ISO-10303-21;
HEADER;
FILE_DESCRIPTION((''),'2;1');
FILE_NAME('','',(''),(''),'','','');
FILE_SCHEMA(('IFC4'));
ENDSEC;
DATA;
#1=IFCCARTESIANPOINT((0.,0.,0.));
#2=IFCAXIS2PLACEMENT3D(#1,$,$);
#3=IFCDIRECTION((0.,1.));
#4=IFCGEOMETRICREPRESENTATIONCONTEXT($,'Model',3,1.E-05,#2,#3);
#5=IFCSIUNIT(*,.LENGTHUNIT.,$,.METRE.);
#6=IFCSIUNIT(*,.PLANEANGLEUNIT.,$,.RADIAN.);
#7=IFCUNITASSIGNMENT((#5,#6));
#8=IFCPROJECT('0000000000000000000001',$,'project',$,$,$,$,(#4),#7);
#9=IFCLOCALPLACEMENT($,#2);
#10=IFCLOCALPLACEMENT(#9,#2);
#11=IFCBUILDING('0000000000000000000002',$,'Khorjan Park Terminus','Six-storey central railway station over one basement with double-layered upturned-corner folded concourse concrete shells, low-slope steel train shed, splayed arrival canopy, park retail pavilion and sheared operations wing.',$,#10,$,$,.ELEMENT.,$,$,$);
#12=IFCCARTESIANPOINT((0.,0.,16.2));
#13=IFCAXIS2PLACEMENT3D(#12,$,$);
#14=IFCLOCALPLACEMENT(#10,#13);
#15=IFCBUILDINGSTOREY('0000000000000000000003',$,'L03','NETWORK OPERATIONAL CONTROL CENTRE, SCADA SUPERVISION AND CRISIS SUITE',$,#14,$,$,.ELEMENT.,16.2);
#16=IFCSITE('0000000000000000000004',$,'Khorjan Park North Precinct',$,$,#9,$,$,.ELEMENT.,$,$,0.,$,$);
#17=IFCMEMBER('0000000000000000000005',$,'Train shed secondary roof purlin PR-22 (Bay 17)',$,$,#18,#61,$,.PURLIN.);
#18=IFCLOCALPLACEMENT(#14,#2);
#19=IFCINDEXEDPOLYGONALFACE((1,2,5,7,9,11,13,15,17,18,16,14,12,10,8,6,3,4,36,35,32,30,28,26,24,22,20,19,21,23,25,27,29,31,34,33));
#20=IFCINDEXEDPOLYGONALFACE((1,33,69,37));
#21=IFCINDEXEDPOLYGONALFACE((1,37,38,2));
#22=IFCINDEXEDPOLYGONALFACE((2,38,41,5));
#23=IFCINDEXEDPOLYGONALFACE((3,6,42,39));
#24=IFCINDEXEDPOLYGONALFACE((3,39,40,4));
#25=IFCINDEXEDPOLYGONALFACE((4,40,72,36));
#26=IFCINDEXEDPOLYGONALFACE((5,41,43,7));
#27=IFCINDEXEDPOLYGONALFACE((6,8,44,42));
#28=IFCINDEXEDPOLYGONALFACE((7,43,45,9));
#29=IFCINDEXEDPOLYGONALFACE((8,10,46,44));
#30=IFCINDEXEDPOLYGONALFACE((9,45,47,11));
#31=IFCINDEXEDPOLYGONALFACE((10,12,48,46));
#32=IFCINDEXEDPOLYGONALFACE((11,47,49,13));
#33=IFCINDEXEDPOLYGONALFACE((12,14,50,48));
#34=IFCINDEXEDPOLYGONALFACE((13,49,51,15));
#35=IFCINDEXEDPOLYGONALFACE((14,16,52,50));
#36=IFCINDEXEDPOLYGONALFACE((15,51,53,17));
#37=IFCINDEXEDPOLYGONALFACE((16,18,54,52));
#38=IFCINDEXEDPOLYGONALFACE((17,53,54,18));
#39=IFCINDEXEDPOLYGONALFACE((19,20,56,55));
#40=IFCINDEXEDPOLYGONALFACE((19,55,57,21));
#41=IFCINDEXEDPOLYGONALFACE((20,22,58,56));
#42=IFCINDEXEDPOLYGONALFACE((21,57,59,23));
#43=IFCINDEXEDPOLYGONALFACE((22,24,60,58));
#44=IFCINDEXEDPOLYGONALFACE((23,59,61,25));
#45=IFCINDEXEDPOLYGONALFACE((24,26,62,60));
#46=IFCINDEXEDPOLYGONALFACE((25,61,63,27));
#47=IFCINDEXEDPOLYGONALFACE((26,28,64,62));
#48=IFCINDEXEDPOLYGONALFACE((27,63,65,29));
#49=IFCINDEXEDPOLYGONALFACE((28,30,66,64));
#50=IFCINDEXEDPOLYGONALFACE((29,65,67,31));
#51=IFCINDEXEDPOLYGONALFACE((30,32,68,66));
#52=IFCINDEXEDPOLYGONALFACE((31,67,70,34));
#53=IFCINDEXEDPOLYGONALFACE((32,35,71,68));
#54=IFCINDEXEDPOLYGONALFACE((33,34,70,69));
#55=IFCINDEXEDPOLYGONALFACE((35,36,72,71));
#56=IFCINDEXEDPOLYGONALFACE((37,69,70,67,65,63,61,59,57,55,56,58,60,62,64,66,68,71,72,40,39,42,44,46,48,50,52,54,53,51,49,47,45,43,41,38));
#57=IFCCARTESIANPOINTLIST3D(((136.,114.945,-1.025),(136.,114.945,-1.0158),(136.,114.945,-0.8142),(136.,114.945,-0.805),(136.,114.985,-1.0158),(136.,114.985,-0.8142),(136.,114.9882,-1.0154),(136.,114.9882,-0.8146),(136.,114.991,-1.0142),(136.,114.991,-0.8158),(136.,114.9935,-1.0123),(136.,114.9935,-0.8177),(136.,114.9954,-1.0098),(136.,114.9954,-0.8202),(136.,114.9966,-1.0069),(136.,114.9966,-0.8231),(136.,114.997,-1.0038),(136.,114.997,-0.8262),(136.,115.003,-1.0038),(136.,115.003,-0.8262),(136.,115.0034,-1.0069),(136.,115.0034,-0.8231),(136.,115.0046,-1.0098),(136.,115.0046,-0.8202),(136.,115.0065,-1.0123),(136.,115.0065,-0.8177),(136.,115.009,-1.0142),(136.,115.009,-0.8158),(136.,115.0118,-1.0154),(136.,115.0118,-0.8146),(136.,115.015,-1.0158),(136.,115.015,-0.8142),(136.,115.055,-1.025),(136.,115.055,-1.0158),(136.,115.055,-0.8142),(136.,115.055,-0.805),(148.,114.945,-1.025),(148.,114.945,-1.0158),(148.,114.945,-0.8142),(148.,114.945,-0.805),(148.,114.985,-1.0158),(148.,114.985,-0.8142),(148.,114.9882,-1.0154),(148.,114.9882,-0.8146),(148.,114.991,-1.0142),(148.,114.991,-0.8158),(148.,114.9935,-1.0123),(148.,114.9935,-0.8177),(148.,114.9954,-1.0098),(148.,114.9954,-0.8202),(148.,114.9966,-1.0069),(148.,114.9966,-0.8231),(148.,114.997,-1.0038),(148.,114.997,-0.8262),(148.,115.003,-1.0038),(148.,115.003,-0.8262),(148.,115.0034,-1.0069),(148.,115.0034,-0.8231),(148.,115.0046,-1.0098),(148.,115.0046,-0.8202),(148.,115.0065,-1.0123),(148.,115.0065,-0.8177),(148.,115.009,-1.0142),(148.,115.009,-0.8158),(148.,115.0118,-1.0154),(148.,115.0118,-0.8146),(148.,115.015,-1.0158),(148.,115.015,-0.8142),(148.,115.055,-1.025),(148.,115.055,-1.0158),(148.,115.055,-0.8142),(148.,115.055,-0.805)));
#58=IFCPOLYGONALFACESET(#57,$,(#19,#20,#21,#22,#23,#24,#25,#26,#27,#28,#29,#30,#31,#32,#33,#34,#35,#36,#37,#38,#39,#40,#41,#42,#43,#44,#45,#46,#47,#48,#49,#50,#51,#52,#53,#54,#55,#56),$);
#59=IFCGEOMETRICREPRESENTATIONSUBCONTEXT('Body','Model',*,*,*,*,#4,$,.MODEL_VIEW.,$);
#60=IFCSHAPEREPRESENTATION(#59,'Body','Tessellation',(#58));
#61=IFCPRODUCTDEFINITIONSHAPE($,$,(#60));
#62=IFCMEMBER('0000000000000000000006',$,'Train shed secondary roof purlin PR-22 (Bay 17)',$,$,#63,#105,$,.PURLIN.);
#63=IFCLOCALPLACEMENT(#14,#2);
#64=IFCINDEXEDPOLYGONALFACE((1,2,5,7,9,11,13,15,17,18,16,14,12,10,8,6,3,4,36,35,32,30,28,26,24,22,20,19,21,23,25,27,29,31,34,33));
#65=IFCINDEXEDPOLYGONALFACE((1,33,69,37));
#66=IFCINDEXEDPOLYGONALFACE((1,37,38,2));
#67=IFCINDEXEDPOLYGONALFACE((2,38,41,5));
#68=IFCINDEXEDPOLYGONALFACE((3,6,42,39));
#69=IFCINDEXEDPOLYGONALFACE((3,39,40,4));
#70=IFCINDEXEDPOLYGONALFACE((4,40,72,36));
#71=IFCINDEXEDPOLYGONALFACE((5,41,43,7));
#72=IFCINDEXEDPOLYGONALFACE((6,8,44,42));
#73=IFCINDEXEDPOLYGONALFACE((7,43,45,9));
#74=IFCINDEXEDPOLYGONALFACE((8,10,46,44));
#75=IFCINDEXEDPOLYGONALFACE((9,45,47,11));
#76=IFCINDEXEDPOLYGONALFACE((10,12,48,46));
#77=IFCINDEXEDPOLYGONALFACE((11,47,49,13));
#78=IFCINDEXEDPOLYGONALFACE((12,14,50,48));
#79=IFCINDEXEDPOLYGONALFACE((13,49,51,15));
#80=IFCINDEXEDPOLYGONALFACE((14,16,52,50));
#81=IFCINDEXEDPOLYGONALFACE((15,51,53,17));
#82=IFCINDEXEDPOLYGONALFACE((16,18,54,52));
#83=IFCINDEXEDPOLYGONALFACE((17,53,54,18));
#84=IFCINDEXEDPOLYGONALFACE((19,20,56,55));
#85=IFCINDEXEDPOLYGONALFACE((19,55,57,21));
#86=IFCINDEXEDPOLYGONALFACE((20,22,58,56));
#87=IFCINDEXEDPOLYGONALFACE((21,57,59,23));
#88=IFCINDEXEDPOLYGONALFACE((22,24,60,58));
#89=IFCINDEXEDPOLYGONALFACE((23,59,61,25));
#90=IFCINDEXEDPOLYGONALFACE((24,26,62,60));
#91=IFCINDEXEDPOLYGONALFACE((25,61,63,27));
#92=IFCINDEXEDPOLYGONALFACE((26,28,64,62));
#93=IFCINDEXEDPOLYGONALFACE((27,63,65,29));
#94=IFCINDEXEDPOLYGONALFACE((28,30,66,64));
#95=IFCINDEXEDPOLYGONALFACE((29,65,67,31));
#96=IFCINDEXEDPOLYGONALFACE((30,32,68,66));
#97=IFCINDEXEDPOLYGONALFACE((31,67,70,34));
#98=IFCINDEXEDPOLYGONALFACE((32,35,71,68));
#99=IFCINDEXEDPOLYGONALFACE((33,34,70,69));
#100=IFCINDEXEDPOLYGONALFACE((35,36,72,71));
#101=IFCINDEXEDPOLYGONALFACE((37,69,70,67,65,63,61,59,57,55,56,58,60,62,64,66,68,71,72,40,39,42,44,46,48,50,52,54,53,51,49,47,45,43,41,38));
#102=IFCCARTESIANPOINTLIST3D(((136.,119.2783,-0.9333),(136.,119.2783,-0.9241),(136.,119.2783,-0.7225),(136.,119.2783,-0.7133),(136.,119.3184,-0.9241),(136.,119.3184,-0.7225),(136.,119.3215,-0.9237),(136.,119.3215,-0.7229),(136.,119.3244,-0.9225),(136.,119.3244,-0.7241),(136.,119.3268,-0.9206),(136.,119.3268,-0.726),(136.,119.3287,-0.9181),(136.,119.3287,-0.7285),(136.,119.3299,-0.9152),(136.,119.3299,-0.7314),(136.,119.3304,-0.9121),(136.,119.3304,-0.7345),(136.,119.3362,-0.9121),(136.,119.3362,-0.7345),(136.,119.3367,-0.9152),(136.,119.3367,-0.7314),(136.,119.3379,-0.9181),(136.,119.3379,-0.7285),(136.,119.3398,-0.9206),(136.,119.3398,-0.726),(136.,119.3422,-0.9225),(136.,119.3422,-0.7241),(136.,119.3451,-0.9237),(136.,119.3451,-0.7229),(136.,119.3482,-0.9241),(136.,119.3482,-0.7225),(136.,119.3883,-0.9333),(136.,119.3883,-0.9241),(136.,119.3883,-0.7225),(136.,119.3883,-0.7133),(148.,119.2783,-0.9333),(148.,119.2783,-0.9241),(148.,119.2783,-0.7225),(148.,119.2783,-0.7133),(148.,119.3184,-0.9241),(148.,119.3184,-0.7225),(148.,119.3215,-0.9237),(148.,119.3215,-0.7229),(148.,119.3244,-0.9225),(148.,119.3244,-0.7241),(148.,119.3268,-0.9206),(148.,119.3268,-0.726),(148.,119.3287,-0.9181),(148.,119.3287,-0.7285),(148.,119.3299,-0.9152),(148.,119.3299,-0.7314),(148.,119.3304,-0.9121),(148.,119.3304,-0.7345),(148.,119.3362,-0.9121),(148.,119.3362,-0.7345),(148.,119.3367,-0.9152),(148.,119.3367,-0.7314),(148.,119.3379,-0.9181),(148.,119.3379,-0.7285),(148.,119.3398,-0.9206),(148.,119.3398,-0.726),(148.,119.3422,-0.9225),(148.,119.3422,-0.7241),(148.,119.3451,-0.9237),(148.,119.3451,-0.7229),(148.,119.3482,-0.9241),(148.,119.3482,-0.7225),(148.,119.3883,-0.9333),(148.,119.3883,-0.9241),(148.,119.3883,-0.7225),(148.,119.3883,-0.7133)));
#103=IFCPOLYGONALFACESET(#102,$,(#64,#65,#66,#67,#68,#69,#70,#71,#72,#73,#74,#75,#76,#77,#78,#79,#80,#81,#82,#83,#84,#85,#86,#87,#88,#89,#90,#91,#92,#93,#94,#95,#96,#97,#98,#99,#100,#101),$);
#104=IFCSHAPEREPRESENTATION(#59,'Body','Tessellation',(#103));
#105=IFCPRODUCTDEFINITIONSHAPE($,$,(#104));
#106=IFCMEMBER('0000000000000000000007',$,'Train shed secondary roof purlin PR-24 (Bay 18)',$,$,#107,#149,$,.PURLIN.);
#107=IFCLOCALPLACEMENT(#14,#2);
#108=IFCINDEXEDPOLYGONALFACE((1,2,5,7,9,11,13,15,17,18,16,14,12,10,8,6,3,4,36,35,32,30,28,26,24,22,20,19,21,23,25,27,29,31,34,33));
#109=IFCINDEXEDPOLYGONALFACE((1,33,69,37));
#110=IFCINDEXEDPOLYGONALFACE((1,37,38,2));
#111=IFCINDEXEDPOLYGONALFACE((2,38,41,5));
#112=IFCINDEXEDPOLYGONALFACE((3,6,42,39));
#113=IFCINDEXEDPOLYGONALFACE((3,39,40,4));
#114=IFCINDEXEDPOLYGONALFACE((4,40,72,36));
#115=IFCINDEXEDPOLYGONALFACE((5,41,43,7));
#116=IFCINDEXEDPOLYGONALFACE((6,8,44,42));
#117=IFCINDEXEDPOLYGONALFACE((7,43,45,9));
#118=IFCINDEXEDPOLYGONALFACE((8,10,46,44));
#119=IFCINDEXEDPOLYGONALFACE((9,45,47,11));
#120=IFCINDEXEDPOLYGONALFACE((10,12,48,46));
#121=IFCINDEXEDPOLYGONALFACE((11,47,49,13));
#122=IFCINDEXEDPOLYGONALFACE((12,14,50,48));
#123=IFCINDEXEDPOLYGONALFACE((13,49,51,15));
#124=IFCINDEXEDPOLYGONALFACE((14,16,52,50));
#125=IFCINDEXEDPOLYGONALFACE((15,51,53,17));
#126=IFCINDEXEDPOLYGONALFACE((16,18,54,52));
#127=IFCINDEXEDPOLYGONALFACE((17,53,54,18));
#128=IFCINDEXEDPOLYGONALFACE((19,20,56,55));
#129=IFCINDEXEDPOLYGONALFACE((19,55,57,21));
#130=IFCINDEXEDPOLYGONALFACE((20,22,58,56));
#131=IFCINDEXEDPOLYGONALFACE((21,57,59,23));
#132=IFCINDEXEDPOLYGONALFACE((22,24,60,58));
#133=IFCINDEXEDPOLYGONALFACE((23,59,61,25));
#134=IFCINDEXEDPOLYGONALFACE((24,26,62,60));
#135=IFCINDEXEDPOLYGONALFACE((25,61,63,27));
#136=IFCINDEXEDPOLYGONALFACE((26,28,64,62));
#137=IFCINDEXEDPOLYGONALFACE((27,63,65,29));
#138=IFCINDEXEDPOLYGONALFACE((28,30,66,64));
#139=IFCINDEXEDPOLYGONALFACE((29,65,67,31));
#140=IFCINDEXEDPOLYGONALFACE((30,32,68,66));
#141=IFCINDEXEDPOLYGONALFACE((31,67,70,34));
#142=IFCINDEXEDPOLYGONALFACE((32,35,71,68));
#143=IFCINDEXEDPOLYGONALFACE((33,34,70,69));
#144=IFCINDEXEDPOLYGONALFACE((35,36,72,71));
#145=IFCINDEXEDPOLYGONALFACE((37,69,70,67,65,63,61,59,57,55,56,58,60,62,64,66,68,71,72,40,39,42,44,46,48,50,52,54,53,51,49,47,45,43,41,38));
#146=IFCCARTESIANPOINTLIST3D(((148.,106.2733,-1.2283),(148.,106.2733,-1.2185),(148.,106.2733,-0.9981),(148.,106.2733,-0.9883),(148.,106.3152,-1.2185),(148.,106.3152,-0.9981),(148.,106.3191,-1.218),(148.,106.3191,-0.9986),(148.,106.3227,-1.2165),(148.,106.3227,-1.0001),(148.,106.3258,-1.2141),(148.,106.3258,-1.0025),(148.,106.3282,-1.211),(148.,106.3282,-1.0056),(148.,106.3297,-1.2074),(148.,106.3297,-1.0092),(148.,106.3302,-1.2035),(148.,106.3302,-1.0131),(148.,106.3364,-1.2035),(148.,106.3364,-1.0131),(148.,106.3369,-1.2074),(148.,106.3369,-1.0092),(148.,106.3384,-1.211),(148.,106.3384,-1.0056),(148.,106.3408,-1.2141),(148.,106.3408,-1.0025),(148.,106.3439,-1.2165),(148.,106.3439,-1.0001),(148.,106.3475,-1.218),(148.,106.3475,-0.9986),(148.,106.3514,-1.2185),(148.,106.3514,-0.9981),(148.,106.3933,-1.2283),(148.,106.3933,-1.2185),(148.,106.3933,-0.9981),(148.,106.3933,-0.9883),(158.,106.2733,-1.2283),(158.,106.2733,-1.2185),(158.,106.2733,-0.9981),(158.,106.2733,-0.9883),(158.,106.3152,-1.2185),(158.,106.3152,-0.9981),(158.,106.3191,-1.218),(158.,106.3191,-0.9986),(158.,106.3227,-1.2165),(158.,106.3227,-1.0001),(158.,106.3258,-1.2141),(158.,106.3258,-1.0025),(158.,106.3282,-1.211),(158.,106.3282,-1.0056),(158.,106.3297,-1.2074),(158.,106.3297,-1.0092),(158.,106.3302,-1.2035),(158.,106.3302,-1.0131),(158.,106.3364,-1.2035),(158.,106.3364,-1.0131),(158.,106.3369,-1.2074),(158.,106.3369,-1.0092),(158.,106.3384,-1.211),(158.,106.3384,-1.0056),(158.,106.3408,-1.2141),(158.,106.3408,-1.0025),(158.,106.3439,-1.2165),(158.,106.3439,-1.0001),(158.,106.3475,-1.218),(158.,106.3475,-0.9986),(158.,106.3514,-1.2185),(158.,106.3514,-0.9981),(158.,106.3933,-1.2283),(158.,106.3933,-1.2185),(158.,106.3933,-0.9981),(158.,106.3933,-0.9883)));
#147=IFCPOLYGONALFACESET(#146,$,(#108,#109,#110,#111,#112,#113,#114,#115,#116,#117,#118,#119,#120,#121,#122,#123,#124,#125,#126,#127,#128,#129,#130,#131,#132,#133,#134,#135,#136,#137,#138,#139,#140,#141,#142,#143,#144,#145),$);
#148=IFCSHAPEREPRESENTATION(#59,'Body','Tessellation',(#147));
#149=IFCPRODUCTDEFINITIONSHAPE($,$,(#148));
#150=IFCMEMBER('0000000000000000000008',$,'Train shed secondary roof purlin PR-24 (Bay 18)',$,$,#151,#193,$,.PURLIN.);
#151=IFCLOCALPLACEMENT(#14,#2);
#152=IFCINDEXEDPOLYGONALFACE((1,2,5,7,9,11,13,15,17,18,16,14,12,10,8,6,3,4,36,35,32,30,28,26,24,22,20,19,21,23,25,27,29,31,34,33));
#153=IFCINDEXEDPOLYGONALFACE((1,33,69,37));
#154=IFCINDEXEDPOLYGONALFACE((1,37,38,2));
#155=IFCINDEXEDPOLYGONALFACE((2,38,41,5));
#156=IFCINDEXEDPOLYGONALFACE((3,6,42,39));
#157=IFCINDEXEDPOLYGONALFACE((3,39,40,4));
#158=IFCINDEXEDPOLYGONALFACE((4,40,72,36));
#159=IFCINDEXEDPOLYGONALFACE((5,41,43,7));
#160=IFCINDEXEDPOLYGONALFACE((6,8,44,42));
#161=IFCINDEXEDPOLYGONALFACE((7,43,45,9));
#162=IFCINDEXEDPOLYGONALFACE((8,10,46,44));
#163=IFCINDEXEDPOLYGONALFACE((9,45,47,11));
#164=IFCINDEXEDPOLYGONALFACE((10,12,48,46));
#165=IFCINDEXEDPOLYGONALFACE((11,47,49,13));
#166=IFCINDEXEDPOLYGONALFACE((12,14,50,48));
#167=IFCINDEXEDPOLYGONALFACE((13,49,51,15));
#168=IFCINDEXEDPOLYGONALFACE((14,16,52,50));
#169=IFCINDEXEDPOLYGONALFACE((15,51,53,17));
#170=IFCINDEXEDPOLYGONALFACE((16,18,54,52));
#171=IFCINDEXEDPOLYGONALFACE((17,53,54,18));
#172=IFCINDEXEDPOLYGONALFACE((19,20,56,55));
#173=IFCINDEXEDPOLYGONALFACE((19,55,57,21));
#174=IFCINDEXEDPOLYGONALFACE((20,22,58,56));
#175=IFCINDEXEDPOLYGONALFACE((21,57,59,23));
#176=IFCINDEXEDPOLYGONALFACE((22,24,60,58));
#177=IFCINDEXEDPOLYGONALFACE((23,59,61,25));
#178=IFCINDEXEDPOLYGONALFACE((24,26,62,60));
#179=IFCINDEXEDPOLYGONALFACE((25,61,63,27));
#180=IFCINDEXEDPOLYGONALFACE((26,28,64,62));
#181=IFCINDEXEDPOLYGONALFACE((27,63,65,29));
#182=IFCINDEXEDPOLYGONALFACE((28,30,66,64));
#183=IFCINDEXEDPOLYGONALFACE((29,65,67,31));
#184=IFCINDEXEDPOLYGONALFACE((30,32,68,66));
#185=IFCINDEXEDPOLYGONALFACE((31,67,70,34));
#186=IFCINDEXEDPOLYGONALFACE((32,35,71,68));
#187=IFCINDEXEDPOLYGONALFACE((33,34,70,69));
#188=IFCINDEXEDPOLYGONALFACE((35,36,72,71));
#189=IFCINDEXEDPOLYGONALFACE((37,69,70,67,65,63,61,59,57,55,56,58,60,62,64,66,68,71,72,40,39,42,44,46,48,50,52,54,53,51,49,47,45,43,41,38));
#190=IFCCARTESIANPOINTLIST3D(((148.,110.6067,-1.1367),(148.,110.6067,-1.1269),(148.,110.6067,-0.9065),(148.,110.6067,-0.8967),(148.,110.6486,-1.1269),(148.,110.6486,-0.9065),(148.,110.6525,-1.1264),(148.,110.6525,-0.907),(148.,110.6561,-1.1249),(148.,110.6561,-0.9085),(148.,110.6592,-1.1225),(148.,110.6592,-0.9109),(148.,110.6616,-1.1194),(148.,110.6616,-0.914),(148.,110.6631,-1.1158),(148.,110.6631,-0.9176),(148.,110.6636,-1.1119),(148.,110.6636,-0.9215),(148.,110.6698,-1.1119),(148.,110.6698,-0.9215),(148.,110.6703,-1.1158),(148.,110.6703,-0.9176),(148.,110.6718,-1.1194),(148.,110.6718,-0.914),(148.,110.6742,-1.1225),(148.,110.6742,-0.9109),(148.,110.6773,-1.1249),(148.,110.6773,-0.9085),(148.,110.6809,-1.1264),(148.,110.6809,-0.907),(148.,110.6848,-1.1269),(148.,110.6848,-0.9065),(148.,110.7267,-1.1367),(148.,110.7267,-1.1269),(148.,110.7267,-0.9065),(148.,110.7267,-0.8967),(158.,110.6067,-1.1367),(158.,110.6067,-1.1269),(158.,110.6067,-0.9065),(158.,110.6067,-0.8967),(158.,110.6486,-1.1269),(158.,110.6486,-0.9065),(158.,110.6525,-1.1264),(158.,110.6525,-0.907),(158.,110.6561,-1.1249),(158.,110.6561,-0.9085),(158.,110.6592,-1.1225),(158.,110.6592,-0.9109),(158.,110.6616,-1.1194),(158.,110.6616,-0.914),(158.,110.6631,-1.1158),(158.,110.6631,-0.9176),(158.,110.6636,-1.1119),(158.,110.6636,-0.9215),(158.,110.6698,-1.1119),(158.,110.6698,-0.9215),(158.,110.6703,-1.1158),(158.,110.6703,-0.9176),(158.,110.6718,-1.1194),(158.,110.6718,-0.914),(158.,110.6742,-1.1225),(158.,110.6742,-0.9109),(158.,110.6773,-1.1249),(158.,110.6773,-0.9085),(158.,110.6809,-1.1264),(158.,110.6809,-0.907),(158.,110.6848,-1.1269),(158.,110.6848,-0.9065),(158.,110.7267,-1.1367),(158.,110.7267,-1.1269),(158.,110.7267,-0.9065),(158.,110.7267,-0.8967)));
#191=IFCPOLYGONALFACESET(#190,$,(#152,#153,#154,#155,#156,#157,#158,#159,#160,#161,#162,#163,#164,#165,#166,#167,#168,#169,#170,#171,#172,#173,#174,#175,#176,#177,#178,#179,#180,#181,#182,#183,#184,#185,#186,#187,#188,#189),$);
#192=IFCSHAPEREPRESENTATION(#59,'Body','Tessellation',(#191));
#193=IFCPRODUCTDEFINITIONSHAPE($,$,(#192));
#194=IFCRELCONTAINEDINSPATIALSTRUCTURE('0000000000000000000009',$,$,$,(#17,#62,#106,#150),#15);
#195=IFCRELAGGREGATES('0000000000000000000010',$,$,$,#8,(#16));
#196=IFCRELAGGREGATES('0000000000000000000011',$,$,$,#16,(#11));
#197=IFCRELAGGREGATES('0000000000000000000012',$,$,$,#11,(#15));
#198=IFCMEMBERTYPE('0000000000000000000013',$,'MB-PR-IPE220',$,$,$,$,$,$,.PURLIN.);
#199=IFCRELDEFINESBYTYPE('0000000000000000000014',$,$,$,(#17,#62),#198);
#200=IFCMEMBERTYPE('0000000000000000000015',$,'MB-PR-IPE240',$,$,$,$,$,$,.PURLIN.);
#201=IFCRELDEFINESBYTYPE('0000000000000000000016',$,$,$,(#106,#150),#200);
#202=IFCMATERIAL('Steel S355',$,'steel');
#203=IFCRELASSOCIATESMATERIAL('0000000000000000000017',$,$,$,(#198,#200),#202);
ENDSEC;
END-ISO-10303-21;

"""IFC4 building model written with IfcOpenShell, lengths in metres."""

from ifc_helpers import new_model, si_unit, direction, frame, origin, origin_2d, place, context, subcontext, project, spatial, i_section, extrude, material, material_profile, profile_set, type_object, element, save


model = new_model("IFC4")

# Units and contexts
model_context = context("Model", 3, precision=1e-05, world=origin(), true_north=direction((0.0, 1.0)))
body_context = subcontext(model_context, "Body", "Model", "MODEL_VIEW")
ifc_project = project(units=[si_unit("LENGTHUNIT", "METRE"), si_unit("PLANEANGLEUNIT", "RADIAN")], contexts=[model_context])

# Site, building, storey
site_placement = place(None, origin())
site = spatial("IfcSite", under=ifc_project, at=site_placement, Name="Khorjan Park North Precinct", CompositionType="ELEMENT", RefElevation=0.0)
building_placement = place(site_placement, origin())
building = spatial("IfcBuilding", under=site, at=building_placement, Name="Khorjan Park Terminus", Description="Six-storey central railway station over one basement with double-layered upturned-corner folded concourse concrete shells, low-slope steel train shed, splayed arrival canopy, park retail pavilion and sheared operations wing.", CompositionType="ELEMENT")
storey_placement = place(building_placement, frame((0.0, 0.0, 16.2)))
storey = spatial("IfcBuildingStorey", under=building, at=storey_placement, Name="L03", Description="NETWORK OPERATIONAL CONTROL CENTRE, SCADA SUPERVISION AND CRISIS SUITE", CompositionType="ELEMENT", Elevation=16.2)

# Members
ifc_material = material(Name="Steel S355", Category="steel")
ifc_material_profile_1 = material_profile(ifc_material, i_section(OverallWidth=0.11, OverallDepth=0.22, WebThickness=0.0059, FlangeThickness=0.0092, FilletRadius=0.012, at=origin_2d()), Name="IPE 220")
ifc_profile_set_1 = profile_set([ifc_material_profile_1], Name="Steel S355")
member_type_1 = type_object("IfcMemberType", Name="MB-PR-IPE220", PredefinedType="PURLIN", material=ifc_profile_set_1)
for number, where, z_axis, x_axis, name in (
    (1, (136.0, 115.0, -0.915), (1.0, 0.0, 0.0), (0.0, 1.0, 0.0), "Train shed secondary roof purlin PR-22 (Bay 17)"),
    (2, (136.0, 119.3333, -0.8233), (1.0, 0.0, 0.0), (0.0, 1.0, 0.0), "Train shed secondary roof purlin PR-22 (Bay 17)"),
):
    element("IfcMember", number, at=place(storey_placement, frame(where, z_axis=z_axis, x_axis=x_axis)), inside=storey, type_object=member_type_1, Name=name, PredefinedType="PURLIN", context=body_context, shape_type="SweptSolid", body=[
        extrude(i_section(OverallWidth=0.11, OverallDepth=0.22, WebThickness=0.0059, FlangeThickness=0.0092, FilletRadius=0.012, at=origin_2d()), origin(), (0.0, 0.0, 1.0), 12.0),
    ])
ifc_material_profile_2 = material_profile(ifc_material, i_section(OverallWidth=0.12, OverallDepth=0.24, WebThickness=0.0062, FlangeThickness=0.0098, FilletRadius=0.015, at=origin_2d()), Name="IPE 240")
ifc_profile_set_2 = profile_set([ifc_material_profile_2], Name="Steel S355")
member_type_2 = type_object("IfcMemberType", Name="MB-PR-IPE240", PredefinedType="PURLIN", material=ifc_profile_set_2)
for number, where, z_axis, x_axis, name in (
    (3, (148.0, 106.3333, -1.1083), (1.0, 0.0, 0.0), (0.0, 1.0, 0.0), "Train shed secondary roof purlin PR-24 (Bay 18)"),
    (4, (148.0, 110.6667, -1.0167), (1.0, 0.0, 0.0), (0.0, 1.0, 0.0), "Train shed secondary roof purlin PR-24 (Bay 18)"),
):
    element("IfcMember", number, at=place(storey_placement, frame(where, z_axis=z_axis, x_axis=x_axis)), inside=storey, type_object=member_type_2, Name=name, PredefinedType="PURLIN", context=body_context, shape_type="SweptSolid", body=[
        extrude(i_section(OverallWidth=0.12, OverallDepth=0.24, WebThickness=0.0062, FlangeThickness=0.0098, FilletRadius=0.015, at=origin_2d()), origin(), (0.0, 0.0, 1.0), 10.0),
    ])

save(model, "model.ifc")
